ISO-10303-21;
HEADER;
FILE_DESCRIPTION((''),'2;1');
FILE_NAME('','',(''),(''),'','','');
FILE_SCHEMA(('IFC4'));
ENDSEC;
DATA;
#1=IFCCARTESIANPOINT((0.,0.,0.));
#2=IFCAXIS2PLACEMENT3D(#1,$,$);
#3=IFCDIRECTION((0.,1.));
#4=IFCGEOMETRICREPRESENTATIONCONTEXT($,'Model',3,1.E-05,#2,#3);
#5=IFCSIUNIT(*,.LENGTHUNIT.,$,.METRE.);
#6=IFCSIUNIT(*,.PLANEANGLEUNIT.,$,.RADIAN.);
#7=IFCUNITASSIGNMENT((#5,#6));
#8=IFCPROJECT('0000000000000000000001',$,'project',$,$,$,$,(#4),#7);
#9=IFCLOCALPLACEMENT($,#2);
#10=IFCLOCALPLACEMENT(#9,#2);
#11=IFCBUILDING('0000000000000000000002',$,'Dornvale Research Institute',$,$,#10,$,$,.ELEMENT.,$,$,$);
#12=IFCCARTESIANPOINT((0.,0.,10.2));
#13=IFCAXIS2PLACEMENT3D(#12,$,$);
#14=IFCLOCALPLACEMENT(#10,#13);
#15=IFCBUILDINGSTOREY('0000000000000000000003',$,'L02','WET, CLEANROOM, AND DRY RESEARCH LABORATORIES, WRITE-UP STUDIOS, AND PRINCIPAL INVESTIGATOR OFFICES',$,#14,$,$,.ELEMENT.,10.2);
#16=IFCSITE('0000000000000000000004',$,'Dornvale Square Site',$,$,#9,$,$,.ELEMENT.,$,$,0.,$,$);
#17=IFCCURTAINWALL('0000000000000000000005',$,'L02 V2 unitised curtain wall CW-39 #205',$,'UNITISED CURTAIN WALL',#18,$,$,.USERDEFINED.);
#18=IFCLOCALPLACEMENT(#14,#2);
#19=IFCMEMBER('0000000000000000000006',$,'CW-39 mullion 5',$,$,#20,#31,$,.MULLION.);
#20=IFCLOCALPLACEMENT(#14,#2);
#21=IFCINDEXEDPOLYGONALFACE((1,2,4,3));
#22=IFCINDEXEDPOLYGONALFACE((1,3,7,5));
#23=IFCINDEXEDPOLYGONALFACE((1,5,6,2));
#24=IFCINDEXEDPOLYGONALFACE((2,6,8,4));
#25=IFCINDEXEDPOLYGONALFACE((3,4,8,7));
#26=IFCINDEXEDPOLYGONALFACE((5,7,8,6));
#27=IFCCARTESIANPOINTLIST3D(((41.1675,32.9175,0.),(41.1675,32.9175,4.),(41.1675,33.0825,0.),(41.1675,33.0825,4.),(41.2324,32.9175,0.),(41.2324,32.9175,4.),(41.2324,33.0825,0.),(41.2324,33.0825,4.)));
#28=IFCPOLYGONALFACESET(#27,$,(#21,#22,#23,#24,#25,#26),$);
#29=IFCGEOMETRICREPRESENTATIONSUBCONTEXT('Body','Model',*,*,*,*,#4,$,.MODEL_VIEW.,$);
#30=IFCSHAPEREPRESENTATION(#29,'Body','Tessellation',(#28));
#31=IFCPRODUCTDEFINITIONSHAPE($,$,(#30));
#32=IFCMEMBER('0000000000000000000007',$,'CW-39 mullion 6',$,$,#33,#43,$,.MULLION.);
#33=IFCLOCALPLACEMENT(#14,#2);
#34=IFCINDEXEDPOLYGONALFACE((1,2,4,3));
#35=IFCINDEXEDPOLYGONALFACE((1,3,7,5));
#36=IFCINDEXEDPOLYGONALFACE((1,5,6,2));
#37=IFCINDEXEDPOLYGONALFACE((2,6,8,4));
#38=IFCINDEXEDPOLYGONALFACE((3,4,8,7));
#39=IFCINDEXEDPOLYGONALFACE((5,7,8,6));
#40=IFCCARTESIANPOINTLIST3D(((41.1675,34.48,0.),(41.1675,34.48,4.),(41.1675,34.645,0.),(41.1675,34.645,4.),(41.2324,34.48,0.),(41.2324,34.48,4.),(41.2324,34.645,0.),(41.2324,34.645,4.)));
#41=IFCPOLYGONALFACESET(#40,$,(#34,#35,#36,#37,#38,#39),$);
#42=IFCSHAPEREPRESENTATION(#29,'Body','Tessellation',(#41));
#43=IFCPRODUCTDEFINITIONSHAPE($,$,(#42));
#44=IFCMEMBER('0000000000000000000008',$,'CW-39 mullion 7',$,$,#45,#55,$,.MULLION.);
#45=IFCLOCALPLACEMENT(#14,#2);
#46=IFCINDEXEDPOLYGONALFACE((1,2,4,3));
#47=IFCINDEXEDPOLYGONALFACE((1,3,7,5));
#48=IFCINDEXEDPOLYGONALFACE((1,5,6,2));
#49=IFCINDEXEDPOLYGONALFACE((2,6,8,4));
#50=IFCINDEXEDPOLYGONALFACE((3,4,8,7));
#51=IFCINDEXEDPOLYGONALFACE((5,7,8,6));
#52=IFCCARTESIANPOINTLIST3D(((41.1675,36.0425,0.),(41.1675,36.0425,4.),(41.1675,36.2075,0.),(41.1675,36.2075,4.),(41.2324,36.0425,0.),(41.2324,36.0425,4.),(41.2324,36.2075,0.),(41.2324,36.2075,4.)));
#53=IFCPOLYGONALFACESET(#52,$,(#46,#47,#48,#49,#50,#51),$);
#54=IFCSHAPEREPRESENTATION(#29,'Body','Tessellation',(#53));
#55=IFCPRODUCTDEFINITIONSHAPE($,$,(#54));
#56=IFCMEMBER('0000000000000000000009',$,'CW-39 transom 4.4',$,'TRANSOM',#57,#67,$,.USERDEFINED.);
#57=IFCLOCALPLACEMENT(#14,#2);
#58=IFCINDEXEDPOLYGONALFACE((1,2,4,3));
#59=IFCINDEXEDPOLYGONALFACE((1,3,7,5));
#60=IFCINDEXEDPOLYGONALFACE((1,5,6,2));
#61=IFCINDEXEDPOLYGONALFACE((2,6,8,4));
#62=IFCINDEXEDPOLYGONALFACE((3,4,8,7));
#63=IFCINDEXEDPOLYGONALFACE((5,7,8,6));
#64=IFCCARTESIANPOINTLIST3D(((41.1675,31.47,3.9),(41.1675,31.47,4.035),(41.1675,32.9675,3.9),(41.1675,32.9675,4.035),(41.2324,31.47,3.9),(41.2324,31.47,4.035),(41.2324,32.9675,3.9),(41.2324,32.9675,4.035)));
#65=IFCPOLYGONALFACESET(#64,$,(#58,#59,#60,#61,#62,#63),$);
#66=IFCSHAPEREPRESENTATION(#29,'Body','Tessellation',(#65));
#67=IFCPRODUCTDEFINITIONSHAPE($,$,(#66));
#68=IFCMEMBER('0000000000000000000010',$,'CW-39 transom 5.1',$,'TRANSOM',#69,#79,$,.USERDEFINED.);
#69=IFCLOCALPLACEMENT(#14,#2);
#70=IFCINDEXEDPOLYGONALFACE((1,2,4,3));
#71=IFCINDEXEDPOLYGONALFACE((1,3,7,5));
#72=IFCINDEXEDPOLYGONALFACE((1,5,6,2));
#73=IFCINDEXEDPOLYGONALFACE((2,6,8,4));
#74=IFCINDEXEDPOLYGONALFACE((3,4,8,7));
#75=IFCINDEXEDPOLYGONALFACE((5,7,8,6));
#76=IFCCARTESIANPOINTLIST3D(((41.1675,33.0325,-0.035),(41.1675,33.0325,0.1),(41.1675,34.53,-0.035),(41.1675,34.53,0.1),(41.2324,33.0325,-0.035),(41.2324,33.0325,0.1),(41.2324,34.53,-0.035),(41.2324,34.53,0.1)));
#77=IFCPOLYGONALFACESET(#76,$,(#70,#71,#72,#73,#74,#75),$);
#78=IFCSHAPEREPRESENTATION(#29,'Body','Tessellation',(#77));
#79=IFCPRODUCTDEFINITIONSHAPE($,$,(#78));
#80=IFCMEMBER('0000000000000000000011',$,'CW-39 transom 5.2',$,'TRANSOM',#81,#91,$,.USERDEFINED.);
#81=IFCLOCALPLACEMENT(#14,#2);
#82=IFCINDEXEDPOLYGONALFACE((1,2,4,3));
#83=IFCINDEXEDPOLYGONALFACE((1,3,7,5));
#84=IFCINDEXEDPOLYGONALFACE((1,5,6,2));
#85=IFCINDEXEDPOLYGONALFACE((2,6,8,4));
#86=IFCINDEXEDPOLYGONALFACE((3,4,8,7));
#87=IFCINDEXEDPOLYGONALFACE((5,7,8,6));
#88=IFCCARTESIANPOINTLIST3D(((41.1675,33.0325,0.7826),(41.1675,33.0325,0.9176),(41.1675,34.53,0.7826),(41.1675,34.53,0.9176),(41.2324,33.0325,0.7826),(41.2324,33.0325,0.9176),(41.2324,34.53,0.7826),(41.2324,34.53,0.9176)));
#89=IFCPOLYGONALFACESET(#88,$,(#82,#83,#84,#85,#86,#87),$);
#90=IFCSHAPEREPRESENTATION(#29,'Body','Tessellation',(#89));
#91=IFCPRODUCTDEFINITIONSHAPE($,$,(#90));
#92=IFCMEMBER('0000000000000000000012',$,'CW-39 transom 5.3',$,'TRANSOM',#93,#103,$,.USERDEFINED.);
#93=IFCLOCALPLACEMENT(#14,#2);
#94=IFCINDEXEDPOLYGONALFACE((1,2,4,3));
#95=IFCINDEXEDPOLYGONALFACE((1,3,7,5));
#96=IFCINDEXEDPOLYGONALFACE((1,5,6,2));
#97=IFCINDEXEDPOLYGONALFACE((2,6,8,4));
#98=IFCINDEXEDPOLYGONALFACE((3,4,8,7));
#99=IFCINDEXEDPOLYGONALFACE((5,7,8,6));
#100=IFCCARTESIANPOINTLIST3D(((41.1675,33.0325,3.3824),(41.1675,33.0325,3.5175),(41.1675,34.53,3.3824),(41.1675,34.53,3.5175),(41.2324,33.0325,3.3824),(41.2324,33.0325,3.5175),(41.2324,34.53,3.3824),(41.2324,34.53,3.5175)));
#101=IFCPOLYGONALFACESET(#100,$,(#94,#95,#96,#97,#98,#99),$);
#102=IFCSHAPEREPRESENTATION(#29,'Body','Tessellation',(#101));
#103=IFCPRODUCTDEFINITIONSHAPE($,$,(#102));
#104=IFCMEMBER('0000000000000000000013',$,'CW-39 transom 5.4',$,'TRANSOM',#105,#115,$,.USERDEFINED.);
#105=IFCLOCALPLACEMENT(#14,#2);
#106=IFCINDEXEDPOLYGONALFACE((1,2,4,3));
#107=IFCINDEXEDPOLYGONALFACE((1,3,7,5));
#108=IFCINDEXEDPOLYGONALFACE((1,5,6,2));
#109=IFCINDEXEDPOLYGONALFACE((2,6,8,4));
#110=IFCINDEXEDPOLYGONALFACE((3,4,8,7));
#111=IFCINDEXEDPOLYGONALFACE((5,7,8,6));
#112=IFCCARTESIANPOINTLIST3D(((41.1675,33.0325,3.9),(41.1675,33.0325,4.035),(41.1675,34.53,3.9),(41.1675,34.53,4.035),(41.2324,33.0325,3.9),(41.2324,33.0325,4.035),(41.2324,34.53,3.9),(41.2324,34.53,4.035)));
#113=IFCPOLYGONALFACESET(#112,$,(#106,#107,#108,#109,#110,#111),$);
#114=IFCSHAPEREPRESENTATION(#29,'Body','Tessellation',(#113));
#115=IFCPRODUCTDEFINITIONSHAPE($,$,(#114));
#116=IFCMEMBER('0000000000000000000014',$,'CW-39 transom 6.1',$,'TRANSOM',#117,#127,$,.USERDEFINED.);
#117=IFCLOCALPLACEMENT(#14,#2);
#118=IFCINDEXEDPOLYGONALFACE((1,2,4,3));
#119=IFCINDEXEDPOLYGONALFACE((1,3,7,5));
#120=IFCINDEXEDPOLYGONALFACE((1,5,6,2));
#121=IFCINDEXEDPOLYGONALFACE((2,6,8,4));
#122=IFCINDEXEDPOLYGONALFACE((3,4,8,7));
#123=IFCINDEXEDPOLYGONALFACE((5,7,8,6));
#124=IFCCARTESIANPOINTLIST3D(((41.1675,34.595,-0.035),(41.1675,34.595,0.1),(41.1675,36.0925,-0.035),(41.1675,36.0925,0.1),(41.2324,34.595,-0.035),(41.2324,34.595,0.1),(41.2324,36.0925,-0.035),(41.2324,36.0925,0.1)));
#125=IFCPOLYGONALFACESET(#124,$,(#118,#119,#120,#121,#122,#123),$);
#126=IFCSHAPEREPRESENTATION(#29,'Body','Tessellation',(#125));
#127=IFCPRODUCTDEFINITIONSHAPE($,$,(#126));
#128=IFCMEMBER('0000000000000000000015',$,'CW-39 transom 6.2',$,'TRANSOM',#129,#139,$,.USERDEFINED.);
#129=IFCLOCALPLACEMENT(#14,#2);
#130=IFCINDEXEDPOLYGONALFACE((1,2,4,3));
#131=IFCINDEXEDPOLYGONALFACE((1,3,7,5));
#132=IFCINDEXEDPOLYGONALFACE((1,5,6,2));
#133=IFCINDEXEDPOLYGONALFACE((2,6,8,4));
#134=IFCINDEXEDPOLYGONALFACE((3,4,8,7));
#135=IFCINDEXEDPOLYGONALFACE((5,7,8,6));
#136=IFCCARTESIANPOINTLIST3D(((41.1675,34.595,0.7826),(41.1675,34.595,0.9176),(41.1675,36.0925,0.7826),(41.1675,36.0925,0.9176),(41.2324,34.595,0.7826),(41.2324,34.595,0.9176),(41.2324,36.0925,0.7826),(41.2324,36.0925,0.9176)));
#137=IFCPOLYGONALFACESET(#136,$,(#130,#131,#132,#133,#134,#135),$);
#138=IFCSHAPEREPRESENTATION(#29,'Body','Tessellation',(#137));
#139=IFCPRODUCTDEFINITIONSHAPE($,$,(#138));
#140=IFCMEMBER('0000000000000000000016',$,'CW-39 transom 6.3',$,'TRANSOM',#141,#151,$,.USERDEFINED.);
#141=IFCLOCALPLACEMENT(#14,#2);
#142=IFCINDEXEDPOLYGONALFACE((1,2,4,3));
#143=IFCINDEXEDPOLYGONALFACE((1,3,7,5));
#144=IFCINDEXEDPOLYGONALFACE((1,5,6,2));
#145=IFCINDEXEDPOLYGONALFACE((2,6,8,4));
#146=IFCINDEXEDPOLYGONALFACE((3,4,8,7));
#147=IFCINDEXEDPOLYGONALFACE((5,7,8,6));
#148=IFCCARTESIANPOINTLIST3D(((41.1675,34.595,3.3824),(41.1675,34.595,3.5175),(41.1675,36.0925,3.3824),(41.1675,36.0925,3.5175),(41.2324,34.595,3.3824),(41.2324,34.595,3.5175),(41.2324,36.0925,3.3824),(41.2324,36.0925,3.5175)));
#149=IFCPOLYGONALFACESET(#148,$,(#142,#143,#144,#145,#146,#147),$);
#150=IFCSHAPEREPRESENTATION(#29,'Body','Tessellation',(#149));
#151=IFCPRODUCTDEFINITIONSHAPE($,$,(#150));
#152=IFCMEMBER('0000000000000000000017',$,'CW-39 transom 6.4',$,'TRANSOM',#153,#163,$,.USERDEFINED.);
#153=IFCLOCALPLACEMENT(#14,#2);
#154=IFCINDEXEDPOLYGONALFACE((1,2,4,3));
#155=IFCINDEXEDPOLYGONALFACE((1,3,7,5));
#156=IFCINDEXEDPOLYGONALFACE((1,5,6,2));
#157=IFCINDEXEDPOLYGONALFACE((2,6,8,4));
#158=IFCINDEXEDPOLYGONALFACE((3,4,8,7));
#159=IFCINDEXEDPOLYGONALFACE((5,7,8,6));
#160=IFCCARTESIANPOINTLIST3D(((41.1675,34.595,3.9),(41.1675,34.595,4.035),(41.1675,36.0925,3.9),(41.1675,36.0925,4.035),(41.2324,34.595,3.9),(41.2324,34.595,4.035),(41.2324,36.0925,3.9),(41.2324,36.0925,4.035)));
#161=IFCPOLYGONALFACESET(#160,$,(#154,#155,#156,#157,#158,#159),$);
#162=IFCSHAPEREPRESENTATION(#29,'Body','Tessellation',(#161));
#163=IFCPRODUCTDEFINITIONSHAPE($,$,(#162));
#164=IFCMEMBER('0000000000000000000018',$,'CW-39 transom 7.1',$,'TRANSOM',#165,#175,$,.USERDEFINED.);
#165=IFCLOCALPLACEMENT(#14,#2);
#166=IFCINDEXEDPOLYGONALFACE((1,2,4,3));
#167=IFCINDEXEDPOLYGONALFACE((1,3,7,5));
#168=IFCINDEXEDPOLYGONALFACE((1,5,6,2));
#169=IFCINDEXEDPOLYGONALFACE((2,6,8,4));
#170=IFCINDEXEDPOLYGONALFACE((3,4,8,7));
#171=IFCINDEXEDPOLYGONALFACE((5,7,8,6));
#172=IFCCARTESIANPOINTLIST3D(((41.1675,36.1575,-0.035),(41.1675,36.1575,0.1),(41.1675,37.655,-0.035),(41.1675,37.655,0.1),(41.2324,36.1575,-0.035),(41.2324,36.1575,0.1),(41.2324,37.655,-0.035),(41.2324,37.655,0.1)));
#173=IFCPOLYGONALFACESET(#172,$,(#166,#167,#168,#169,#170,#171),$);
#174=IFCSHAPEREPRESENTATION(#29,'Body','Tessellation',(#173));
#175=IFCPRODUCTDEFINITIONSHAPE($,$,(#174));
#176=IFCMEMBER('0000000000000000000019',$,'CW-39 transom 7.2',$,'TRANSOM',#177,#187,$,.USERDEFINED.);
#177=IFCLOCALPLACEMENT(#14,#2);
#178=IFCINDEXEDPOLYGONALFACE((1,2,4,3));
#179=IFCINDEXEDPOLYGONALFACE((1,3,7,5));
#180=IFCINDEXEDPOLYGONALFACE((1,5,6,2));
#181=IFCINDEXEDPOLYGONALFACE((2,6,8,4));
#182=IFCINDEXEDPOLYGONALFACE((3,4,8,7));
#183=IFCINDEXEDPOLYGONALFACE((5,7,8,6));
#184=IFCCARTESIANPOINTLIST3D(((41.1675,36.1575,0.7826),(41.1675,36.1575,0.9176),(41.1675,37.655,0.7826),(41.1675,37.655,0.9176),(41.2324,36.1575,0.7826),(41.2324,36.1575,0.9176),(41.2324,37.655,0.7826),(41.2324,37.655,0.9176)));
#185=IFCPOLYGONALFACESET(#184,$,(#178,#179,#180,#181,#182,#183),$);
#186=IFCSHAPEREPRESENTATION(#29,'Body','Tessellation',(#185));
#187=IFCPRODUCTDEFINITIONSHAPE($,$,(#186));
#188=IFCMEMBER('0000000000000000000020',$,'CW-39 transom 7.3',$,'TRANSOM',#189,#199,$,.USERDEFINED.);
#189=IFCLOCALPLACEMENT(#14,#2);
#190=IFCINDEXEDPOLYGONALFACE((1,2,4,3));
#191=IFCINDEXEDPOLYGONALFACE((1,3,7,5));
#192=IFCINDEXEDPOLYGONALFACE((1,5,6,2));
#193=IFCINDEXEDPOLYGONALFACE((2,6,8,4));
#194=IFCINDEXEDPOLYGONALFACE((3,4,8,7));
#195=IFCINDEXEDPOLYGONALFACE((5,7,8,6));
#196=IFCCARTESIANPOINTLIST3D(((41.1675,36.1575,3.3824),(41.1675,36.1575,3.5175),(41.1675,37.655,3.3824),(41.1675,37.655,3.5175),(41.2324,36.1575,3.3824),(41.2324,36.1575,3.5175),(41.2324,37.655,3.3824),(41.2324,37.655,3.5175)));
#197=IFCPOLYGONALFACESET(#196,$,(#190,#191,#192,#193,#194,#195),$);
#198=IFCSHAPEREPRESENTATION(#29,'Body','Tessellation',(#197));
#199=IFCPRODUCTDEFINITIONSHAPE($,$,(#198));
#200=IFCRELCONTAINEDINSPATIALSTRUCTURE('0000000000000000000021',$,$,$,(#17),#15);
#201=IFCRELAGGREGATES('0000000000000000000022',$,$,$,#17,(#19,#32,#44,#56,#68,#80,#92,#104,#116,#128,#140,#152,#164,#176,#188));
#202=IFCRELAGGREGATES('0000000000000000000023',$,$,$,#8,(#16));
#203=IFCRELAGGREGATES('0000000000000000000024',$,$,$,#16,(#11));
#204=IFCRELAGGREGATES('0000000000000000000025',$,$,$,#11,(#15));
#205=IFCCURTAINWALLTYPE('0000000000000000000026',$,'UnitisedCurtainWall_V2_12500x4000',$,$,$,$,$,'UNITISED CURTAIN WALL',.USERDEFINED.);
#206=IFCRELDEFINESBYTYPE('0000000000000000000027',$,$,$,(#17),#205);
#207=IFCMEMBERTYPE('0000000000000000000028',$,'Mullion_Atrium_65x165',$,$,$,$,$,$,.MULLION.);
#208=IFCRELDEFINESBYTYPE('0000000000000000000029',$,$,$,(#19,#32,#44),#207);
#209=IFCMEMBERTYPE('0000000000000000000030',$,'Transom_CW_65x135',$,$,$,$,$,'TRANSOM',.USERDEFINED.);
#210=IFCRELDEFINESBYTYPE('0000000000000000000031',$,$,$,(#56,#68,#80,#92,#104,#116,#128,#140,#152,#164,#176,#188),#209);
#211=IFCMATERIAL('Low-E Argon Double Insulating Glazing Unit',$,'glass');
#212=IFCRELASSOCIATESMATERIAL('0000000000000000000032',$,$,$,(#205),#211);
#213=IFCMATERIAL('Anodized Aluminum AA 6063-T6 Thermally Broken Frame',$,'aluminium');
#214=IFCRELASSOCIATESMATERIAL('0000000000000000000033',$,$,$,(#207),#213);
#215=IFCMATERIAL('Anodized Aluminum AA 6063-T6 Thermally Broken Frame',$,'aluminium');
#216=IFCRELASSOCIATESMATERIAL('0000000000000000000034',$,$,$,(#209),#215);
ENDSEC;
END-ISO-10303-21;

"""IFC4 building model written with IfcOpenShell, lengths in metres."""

from ifc_helpers import new_model, si_unit, direction, frame, origin, origin_2d, place, context, subcontext, project, spatial, rectangle, extrude, material, material_profile, profile_set, type_object, element, aggregate, save


model = new_model("IFC4")

# Units and contexts
model_context = context("Model", 3, precision=1e-05, world=origin(), true_north=direction((0.0, 1.0)))
body_context = subcontext(model_context, "Body", "Model", "MODEL_VIEW")
ifc_project = project(units=[si_unit("LENGTHUNIT", "METRE"), si_unit("PLANEANGLEUNIT", "RADIAN")], contexts=[model_context])

# Site, building, storey
site_placement = place(None, origin())
site = spatial("IfcSite", under=ifc_project, at=site_placement, Name="Dornvale Square Site", CompositionType="ELEMENT", RefElevation=0.0)
building_placement = place(site_placement, origin())
building = spatial("IfcBuilding", under=site, at=building_placement, Name="Dornvale Research Institute", CompositionType="ELEMENT")
storey_placement = place(building_placement, frame((0.0, 0.0, 10.2)))
storey = spatial("IfcBuildingStorey", under=building, at=storey_placement, Name="L02", Description="WET, CLEANROOM, AND DRY RESEARCH LABORATORIES, WRITE-UP STUDIOS, AND PRINCIPAL INVESTIGATOR OFFICES", CompositionType="ELEMENT", Elevation=10.2)

# Curtain wall, members
ifc_material_1 = material(Name="Low-E Argon Double Insulating Glazing Unit", Category="glass")
curtain_wall_type = type_object("IfcCurtainWallType", Name="UnitisedCurtainWall_V2_12500x4000", ElementType="UNITISED CURTAIN WALL", PredefinedType="USERDEFINED", material=ifc_material_1)
curtain_wall_1_placement = place(storey_placement, origin())
curtain_wall_1 = element("IfcCurtainWall", 1, at=curtain_wall_1_placement, inside=storey, type_object=curtain_wall_type, Name="L02 V2 unitised curtain wall CW-39 #205", ObjectType="UNITISED CURTAIN WALL", PredefinedType="USERDEFINED")
ifc_material_2 = material(Name="Anodized Aluminum AA 6063-T6 Thermally Broken Frame", Category="aluminium")
ifc_material_profile_1 = material_profile(ifc_material_2, rectangle(XDim=0.0649, YDim=0.165, at=origin_2d()), Name="ALU MULLION 65x165")
ifc_profile_set_1 = profile_set([ifc_material_profile_1], Name="Anodized Aluminum AA 6063-T6 Thermally Broken Frame")
member_type_1 = type_object("IfcMemberType", Name="Mullion_Atrium_65x165", PredefinedType="MULLION", material=ifc_profile_set_1)
member_1_placement = place(storey_placement, frame((41.2, 33.0, 0.0), z_axis=(0.0, 0.0, 1.0), x_axis=(-1.0, 0.0, 0.0)))
member_1 = element("IfcMember", 2, at=member_1_placement, type_object=member_type_1, Name="CW-39 mullion 5", PredefinedType="MULLION", context=body_context, shape_type="SweptSolid", body=[
    extrude(rectangle(XDim=0.0649, YDim=0.165, at=origin_2d()), origin(), (0.0, 0.0, 1.0), 4.0),
])
member_2_placement = place(storey_placement, frame((41.2, 34.5625, 0.0), z_axis=(0.0, 0.0, 1.0), x_axis=(-1.0, 0.0, 0.0)))
member_2 = element("IfcMember", 3, at=member_2_placement, type_object=member_type_1, Name="CW-39 mullion 6", PredefinedType="MULLION", context=body_context, shape_type="SweptSolid", body=[
    extrude(rectangle(XDim=0.0649, YDim=0.165, at=origin_2d()), origin(), (0.0, 0.0, 1.0), 4.0),
])
member_3_placement = place(storey_placement, frame((41.2, 36.125, 0.0), z_axis=(0.0, 0.0, 1.0), x_axis=(-1.0, 0.0, 0.0)))
member_3 = element("IfcMember", 4, at=member_3_placement, type_object=member_type_1, Name="CW-39 mullion 7", PredefinedType="MULLION", context=body_context, shape_type="SweptSolid", body=[
    extrude(rectangle(XDim=0.0649, YDim=0.165, at=origin_2d()), origin(), (0.0, 0.0, 1.0), 4.0),
])
ifc_material_3 = material(Name="Anodized Aluminum AA 6063-T6 Thermally Broken Frame", Category="aluminium")
ifc_material_profile_2 = material_profile(ifc_material_3, rectangle(XDim=0.0649, YDim=0.135, at=origin_2d()), Name="ALU TRANSOM 65x135")
ifc_profile_set_2 = profile_set([ifc_material_profile_2], Name="Anodized Aluminum AA 6063-T6 Thermally Broken Frame")
member_type_2 = type_object("IfcMemberType", Name="Transom_CW_65x135", ElementType="TRANSOM", PredefinedType="USERDEFINED", material=ifc_profile_set_2)
member_4_placement = place(storey_placement, frame((41.2, 31.47, 3.9675), z_axis=(0.0, 1.0, 0.0), x_axis=(-1.0, 0.0, 0.0)))
member_4 = element("IfcMember", 5, at=member_4_placement, type_object=member_type_2, Name="CW-39 transom 4.4", ObjectType="TRANSOM", PredefinedType="USERDEFINED", context=body_context, shape_type="SweptSolid", body=[
    extrude(rectangle(XDim=0.0649, YDim=0.135, at=origin_2d()), origin(), (0.0, 0.0, 1.0), 1.4976),
])
member_5_placement = place(storey_placement, frame((41.2, 33.0325, 0.0325), z_axis=(0.0, 1.0, 0.0), x_axis=(-1.0, 0.0, 0.0)))
member_5 = element("IfcMember", 6, at=member_5_placement, type_object=member_type_2, Name="CW-39 transom 5.1", ObjectType="TRANSOM", PredefinedType="USERDEFINED", context=body_context, shape_type="SweptSolid", body=[
    extrude(rectangle(XDim=0.0649, YDim=0.135, at=origin_2d()), origin(), (0.0, 0.0, 1.0), 1.4976),
])
member_6_placement = place(storey_placement, frame((41.2, 33.0325, 0.8501), z_axis=(0.0, 1.0, 0.0), x_axis=(-1.0, 0.0, 0.0)))
member_6 = element("IfcMember", 7, at=member_6_placement, type_object=member_type_2, Name="CW-39 transom 5.2", ObjectType="TRANSOM", PredefinedType="USERDEFINED", context=body_context, shape_type="SweptSolid", body=[
    extrude(rectangle(XDim=0.0649, YDim=0.135, at=origin_2d()), origin(), (0.0, 0.0, 1.0), 1.4976),
])
member_7_placement = place(storey_placement, frame((41.2, 33.0325, 3.45), z_axis=(0.0, 1.0, 0.0), x_axis=(-1.0, 0.0, 0.0)))
member_7 = element("IfcMember", 8, at=member_7_placement, type_object=member_type_2, Name="CW-39 transom 5.3", ObjectType="TRANSOM", PredefinedType="USERDEFINED", context=body_context, shape_type="SweptSolid", body=[
    extrude(rectangle(XDim=0.0649, YDim=0.135, at=origin_2d()), origin(), (0.0, 0.0, 1.0), 1.4976),
])
member_8_placement = place(storey_placement, frame((41.2, 33.0325, 3.9675), z_axis=(0.0, 1.0, 0.0), x_axis=(-1.0, 0.0, 0.0)))
member_8 = element("IfcMember", 9, at=member_8_placement, type_object=member_type_2, Name="CW-39 transom 5.4", ObjectType="TRANSOM", PredefinedType="USERDEFINED", context=body_context, shape_type="SweptSolid", body=[
    extrude(rectangle(XDim=0.0649, YDim=0.135, at=origin_2d()), origin(), (0.0, 0.0, 1.0), 1.4976),
])
member_9_placement = place(storey_placement, frame((41.2, 34.595, 0.0325), z_axis=(0.0, 1.0, 0.0), x_axis=(-1.0, 0.0, 0.0)))
member_9 = element("IfcMember", 10, at=member_9_placement, type_object=member_type_2, Name="CW-39 transom 6.1", ObjectType="TRANSOM", PredefinedType="USERDEFINED", context=body_context, shape_type="SweptSolid", body=[
    extrude(rectangle(XDim=0.0649, YDim=0.135, at=origin_2d()), origin(), (0.0, 0.0, 1.0), 1.4976),
])
member_10_placement = place(storey_placement, frame((41.2, 34.595, 0.8501), z_axis=(0.0, 1.0, 0.0), x_axis=(-1.0, 0.0, 0.0)))
member_10 = element("IfcMember", 11, at=member_10_placement, type_object=member_type_2, Name="CW-39 transom 6.2", ObjectType="TRANSOM", PredefinedType="USERDEFINED", context=body_context, shape_type="SweptSolid", body=[
    extrude(rectangle(XDim=0.0649, YDim=0.135, at=origin_2d()), origin(), (0.0, 0.0, 1.0), 1.4976),
])
member_11_placement = place(storey_placement, frame((41.2, 34.595, 3.45), z_axis=(0.0, 1.0, 0.0), x_axis=(-1.0, 0.0, 0.0)))
member_11 = element("IfcMember", 12, at=member_11_placement, type_object=member_type_2, Name="CW-39 transom 6.3", ObjectType="TRANSOM", PredefinedType="USERDEFINED", context=body_context, shape_type="SweptSolid", body=[
    extrude(rectangle(XDim=0.0649, YDim=0.135, at=origin_2d()), origin(), (0.0, 0.0, 1.0), 1.4976),
])
member_12_placement = place(storey_placement, frame((41.2, 34.595, 3.9675), z_axis=(0.0, 1.0, 0.0), x_axis=(-1.0, 0.0, 0.0)))
member_12 = element("IfcMember", 13, at=member_12_placement, type_object=member_type_2, Name="CW-39 transom 6.4", ObjectType="TRANSOM", PredefinedType="USERDEFINED", context=body_context, shape_type="SweptSolid", body=[
    extrude(rectangle(XDim=0.0649, YDim=0.135, at=origin_2d()), origin(), (0.0, 0.0, 1.0), 1.4976),
])
member_13_placement = place(storey_placement, frame((41.2, 36.1575, 0.0325), z_axis=(0.0, 1.0, 0.0), x_axis=(-1.0, 0.0, 0.0)))
member_13 = element("IfcMember", 14, at=member_13_placement, type_object=member_type_2, Name="CW-39 transom 7.1", ObjectType="TRANSOM", PredefinedType="USERDEFINED", context=body_context, shape_type="SweptSolid", body=[
    extrude(rectangle(XDim=0.0649, YDim=0.135, at=origin_2d()), origin(), (0.0, 0.0, 1.0), 1.4976),
])
member_14_placement = place(storey_placement, frame((41.2, 36.1575, 0.8501), z_axis=(0.0, 1.0, 0.0), x_axis=(-1.0, 0.0, 0.0)))
member_14 = element("IfcMember", 15, at=member_14_placement, type_object=member_type_2, Name="CW-39 transom 7.2", ObjectType="TRANSOM", PredefinedType="USERDEFINED", context=body_context, shape_type="SweptSolid", body=[
    extrude(rectangle(XDim=0.0649, YDim=0.135, at=origin_2d()), origin(), (0.0, 0.0, 1.0), 1.4976),
])
member_15_placement = place(storey_placement, frame((41.2, 36.1575, 3.45), z_axis=(0.0, 1.0, 0.0), x_axis=(-1.0, 0.0, 0.0)))
member_15 = element("IfcMember", 16, at=member_15_placement, type_object=member_type_2, Name="CW-39 transom 7.3", ObjectType="TRANSOM", PredefinedType="USERDEFINED", context=body_context, shape_type="SweptSolid", body=[
    extrude(rectangle(XDim=0.0649, YDim=0.135, at=origin_2d()), origin(), (0.0, 0.0, 1.0), 1.4976),
])

aggregate(curtain_wall_1, [member_1, member_2, member_3, member_4, member_5, member_6, member_7, member_8, member_9, member_10, member_11, member_12, member_13, member_14, member_15])

save(model, "model.ifc")
